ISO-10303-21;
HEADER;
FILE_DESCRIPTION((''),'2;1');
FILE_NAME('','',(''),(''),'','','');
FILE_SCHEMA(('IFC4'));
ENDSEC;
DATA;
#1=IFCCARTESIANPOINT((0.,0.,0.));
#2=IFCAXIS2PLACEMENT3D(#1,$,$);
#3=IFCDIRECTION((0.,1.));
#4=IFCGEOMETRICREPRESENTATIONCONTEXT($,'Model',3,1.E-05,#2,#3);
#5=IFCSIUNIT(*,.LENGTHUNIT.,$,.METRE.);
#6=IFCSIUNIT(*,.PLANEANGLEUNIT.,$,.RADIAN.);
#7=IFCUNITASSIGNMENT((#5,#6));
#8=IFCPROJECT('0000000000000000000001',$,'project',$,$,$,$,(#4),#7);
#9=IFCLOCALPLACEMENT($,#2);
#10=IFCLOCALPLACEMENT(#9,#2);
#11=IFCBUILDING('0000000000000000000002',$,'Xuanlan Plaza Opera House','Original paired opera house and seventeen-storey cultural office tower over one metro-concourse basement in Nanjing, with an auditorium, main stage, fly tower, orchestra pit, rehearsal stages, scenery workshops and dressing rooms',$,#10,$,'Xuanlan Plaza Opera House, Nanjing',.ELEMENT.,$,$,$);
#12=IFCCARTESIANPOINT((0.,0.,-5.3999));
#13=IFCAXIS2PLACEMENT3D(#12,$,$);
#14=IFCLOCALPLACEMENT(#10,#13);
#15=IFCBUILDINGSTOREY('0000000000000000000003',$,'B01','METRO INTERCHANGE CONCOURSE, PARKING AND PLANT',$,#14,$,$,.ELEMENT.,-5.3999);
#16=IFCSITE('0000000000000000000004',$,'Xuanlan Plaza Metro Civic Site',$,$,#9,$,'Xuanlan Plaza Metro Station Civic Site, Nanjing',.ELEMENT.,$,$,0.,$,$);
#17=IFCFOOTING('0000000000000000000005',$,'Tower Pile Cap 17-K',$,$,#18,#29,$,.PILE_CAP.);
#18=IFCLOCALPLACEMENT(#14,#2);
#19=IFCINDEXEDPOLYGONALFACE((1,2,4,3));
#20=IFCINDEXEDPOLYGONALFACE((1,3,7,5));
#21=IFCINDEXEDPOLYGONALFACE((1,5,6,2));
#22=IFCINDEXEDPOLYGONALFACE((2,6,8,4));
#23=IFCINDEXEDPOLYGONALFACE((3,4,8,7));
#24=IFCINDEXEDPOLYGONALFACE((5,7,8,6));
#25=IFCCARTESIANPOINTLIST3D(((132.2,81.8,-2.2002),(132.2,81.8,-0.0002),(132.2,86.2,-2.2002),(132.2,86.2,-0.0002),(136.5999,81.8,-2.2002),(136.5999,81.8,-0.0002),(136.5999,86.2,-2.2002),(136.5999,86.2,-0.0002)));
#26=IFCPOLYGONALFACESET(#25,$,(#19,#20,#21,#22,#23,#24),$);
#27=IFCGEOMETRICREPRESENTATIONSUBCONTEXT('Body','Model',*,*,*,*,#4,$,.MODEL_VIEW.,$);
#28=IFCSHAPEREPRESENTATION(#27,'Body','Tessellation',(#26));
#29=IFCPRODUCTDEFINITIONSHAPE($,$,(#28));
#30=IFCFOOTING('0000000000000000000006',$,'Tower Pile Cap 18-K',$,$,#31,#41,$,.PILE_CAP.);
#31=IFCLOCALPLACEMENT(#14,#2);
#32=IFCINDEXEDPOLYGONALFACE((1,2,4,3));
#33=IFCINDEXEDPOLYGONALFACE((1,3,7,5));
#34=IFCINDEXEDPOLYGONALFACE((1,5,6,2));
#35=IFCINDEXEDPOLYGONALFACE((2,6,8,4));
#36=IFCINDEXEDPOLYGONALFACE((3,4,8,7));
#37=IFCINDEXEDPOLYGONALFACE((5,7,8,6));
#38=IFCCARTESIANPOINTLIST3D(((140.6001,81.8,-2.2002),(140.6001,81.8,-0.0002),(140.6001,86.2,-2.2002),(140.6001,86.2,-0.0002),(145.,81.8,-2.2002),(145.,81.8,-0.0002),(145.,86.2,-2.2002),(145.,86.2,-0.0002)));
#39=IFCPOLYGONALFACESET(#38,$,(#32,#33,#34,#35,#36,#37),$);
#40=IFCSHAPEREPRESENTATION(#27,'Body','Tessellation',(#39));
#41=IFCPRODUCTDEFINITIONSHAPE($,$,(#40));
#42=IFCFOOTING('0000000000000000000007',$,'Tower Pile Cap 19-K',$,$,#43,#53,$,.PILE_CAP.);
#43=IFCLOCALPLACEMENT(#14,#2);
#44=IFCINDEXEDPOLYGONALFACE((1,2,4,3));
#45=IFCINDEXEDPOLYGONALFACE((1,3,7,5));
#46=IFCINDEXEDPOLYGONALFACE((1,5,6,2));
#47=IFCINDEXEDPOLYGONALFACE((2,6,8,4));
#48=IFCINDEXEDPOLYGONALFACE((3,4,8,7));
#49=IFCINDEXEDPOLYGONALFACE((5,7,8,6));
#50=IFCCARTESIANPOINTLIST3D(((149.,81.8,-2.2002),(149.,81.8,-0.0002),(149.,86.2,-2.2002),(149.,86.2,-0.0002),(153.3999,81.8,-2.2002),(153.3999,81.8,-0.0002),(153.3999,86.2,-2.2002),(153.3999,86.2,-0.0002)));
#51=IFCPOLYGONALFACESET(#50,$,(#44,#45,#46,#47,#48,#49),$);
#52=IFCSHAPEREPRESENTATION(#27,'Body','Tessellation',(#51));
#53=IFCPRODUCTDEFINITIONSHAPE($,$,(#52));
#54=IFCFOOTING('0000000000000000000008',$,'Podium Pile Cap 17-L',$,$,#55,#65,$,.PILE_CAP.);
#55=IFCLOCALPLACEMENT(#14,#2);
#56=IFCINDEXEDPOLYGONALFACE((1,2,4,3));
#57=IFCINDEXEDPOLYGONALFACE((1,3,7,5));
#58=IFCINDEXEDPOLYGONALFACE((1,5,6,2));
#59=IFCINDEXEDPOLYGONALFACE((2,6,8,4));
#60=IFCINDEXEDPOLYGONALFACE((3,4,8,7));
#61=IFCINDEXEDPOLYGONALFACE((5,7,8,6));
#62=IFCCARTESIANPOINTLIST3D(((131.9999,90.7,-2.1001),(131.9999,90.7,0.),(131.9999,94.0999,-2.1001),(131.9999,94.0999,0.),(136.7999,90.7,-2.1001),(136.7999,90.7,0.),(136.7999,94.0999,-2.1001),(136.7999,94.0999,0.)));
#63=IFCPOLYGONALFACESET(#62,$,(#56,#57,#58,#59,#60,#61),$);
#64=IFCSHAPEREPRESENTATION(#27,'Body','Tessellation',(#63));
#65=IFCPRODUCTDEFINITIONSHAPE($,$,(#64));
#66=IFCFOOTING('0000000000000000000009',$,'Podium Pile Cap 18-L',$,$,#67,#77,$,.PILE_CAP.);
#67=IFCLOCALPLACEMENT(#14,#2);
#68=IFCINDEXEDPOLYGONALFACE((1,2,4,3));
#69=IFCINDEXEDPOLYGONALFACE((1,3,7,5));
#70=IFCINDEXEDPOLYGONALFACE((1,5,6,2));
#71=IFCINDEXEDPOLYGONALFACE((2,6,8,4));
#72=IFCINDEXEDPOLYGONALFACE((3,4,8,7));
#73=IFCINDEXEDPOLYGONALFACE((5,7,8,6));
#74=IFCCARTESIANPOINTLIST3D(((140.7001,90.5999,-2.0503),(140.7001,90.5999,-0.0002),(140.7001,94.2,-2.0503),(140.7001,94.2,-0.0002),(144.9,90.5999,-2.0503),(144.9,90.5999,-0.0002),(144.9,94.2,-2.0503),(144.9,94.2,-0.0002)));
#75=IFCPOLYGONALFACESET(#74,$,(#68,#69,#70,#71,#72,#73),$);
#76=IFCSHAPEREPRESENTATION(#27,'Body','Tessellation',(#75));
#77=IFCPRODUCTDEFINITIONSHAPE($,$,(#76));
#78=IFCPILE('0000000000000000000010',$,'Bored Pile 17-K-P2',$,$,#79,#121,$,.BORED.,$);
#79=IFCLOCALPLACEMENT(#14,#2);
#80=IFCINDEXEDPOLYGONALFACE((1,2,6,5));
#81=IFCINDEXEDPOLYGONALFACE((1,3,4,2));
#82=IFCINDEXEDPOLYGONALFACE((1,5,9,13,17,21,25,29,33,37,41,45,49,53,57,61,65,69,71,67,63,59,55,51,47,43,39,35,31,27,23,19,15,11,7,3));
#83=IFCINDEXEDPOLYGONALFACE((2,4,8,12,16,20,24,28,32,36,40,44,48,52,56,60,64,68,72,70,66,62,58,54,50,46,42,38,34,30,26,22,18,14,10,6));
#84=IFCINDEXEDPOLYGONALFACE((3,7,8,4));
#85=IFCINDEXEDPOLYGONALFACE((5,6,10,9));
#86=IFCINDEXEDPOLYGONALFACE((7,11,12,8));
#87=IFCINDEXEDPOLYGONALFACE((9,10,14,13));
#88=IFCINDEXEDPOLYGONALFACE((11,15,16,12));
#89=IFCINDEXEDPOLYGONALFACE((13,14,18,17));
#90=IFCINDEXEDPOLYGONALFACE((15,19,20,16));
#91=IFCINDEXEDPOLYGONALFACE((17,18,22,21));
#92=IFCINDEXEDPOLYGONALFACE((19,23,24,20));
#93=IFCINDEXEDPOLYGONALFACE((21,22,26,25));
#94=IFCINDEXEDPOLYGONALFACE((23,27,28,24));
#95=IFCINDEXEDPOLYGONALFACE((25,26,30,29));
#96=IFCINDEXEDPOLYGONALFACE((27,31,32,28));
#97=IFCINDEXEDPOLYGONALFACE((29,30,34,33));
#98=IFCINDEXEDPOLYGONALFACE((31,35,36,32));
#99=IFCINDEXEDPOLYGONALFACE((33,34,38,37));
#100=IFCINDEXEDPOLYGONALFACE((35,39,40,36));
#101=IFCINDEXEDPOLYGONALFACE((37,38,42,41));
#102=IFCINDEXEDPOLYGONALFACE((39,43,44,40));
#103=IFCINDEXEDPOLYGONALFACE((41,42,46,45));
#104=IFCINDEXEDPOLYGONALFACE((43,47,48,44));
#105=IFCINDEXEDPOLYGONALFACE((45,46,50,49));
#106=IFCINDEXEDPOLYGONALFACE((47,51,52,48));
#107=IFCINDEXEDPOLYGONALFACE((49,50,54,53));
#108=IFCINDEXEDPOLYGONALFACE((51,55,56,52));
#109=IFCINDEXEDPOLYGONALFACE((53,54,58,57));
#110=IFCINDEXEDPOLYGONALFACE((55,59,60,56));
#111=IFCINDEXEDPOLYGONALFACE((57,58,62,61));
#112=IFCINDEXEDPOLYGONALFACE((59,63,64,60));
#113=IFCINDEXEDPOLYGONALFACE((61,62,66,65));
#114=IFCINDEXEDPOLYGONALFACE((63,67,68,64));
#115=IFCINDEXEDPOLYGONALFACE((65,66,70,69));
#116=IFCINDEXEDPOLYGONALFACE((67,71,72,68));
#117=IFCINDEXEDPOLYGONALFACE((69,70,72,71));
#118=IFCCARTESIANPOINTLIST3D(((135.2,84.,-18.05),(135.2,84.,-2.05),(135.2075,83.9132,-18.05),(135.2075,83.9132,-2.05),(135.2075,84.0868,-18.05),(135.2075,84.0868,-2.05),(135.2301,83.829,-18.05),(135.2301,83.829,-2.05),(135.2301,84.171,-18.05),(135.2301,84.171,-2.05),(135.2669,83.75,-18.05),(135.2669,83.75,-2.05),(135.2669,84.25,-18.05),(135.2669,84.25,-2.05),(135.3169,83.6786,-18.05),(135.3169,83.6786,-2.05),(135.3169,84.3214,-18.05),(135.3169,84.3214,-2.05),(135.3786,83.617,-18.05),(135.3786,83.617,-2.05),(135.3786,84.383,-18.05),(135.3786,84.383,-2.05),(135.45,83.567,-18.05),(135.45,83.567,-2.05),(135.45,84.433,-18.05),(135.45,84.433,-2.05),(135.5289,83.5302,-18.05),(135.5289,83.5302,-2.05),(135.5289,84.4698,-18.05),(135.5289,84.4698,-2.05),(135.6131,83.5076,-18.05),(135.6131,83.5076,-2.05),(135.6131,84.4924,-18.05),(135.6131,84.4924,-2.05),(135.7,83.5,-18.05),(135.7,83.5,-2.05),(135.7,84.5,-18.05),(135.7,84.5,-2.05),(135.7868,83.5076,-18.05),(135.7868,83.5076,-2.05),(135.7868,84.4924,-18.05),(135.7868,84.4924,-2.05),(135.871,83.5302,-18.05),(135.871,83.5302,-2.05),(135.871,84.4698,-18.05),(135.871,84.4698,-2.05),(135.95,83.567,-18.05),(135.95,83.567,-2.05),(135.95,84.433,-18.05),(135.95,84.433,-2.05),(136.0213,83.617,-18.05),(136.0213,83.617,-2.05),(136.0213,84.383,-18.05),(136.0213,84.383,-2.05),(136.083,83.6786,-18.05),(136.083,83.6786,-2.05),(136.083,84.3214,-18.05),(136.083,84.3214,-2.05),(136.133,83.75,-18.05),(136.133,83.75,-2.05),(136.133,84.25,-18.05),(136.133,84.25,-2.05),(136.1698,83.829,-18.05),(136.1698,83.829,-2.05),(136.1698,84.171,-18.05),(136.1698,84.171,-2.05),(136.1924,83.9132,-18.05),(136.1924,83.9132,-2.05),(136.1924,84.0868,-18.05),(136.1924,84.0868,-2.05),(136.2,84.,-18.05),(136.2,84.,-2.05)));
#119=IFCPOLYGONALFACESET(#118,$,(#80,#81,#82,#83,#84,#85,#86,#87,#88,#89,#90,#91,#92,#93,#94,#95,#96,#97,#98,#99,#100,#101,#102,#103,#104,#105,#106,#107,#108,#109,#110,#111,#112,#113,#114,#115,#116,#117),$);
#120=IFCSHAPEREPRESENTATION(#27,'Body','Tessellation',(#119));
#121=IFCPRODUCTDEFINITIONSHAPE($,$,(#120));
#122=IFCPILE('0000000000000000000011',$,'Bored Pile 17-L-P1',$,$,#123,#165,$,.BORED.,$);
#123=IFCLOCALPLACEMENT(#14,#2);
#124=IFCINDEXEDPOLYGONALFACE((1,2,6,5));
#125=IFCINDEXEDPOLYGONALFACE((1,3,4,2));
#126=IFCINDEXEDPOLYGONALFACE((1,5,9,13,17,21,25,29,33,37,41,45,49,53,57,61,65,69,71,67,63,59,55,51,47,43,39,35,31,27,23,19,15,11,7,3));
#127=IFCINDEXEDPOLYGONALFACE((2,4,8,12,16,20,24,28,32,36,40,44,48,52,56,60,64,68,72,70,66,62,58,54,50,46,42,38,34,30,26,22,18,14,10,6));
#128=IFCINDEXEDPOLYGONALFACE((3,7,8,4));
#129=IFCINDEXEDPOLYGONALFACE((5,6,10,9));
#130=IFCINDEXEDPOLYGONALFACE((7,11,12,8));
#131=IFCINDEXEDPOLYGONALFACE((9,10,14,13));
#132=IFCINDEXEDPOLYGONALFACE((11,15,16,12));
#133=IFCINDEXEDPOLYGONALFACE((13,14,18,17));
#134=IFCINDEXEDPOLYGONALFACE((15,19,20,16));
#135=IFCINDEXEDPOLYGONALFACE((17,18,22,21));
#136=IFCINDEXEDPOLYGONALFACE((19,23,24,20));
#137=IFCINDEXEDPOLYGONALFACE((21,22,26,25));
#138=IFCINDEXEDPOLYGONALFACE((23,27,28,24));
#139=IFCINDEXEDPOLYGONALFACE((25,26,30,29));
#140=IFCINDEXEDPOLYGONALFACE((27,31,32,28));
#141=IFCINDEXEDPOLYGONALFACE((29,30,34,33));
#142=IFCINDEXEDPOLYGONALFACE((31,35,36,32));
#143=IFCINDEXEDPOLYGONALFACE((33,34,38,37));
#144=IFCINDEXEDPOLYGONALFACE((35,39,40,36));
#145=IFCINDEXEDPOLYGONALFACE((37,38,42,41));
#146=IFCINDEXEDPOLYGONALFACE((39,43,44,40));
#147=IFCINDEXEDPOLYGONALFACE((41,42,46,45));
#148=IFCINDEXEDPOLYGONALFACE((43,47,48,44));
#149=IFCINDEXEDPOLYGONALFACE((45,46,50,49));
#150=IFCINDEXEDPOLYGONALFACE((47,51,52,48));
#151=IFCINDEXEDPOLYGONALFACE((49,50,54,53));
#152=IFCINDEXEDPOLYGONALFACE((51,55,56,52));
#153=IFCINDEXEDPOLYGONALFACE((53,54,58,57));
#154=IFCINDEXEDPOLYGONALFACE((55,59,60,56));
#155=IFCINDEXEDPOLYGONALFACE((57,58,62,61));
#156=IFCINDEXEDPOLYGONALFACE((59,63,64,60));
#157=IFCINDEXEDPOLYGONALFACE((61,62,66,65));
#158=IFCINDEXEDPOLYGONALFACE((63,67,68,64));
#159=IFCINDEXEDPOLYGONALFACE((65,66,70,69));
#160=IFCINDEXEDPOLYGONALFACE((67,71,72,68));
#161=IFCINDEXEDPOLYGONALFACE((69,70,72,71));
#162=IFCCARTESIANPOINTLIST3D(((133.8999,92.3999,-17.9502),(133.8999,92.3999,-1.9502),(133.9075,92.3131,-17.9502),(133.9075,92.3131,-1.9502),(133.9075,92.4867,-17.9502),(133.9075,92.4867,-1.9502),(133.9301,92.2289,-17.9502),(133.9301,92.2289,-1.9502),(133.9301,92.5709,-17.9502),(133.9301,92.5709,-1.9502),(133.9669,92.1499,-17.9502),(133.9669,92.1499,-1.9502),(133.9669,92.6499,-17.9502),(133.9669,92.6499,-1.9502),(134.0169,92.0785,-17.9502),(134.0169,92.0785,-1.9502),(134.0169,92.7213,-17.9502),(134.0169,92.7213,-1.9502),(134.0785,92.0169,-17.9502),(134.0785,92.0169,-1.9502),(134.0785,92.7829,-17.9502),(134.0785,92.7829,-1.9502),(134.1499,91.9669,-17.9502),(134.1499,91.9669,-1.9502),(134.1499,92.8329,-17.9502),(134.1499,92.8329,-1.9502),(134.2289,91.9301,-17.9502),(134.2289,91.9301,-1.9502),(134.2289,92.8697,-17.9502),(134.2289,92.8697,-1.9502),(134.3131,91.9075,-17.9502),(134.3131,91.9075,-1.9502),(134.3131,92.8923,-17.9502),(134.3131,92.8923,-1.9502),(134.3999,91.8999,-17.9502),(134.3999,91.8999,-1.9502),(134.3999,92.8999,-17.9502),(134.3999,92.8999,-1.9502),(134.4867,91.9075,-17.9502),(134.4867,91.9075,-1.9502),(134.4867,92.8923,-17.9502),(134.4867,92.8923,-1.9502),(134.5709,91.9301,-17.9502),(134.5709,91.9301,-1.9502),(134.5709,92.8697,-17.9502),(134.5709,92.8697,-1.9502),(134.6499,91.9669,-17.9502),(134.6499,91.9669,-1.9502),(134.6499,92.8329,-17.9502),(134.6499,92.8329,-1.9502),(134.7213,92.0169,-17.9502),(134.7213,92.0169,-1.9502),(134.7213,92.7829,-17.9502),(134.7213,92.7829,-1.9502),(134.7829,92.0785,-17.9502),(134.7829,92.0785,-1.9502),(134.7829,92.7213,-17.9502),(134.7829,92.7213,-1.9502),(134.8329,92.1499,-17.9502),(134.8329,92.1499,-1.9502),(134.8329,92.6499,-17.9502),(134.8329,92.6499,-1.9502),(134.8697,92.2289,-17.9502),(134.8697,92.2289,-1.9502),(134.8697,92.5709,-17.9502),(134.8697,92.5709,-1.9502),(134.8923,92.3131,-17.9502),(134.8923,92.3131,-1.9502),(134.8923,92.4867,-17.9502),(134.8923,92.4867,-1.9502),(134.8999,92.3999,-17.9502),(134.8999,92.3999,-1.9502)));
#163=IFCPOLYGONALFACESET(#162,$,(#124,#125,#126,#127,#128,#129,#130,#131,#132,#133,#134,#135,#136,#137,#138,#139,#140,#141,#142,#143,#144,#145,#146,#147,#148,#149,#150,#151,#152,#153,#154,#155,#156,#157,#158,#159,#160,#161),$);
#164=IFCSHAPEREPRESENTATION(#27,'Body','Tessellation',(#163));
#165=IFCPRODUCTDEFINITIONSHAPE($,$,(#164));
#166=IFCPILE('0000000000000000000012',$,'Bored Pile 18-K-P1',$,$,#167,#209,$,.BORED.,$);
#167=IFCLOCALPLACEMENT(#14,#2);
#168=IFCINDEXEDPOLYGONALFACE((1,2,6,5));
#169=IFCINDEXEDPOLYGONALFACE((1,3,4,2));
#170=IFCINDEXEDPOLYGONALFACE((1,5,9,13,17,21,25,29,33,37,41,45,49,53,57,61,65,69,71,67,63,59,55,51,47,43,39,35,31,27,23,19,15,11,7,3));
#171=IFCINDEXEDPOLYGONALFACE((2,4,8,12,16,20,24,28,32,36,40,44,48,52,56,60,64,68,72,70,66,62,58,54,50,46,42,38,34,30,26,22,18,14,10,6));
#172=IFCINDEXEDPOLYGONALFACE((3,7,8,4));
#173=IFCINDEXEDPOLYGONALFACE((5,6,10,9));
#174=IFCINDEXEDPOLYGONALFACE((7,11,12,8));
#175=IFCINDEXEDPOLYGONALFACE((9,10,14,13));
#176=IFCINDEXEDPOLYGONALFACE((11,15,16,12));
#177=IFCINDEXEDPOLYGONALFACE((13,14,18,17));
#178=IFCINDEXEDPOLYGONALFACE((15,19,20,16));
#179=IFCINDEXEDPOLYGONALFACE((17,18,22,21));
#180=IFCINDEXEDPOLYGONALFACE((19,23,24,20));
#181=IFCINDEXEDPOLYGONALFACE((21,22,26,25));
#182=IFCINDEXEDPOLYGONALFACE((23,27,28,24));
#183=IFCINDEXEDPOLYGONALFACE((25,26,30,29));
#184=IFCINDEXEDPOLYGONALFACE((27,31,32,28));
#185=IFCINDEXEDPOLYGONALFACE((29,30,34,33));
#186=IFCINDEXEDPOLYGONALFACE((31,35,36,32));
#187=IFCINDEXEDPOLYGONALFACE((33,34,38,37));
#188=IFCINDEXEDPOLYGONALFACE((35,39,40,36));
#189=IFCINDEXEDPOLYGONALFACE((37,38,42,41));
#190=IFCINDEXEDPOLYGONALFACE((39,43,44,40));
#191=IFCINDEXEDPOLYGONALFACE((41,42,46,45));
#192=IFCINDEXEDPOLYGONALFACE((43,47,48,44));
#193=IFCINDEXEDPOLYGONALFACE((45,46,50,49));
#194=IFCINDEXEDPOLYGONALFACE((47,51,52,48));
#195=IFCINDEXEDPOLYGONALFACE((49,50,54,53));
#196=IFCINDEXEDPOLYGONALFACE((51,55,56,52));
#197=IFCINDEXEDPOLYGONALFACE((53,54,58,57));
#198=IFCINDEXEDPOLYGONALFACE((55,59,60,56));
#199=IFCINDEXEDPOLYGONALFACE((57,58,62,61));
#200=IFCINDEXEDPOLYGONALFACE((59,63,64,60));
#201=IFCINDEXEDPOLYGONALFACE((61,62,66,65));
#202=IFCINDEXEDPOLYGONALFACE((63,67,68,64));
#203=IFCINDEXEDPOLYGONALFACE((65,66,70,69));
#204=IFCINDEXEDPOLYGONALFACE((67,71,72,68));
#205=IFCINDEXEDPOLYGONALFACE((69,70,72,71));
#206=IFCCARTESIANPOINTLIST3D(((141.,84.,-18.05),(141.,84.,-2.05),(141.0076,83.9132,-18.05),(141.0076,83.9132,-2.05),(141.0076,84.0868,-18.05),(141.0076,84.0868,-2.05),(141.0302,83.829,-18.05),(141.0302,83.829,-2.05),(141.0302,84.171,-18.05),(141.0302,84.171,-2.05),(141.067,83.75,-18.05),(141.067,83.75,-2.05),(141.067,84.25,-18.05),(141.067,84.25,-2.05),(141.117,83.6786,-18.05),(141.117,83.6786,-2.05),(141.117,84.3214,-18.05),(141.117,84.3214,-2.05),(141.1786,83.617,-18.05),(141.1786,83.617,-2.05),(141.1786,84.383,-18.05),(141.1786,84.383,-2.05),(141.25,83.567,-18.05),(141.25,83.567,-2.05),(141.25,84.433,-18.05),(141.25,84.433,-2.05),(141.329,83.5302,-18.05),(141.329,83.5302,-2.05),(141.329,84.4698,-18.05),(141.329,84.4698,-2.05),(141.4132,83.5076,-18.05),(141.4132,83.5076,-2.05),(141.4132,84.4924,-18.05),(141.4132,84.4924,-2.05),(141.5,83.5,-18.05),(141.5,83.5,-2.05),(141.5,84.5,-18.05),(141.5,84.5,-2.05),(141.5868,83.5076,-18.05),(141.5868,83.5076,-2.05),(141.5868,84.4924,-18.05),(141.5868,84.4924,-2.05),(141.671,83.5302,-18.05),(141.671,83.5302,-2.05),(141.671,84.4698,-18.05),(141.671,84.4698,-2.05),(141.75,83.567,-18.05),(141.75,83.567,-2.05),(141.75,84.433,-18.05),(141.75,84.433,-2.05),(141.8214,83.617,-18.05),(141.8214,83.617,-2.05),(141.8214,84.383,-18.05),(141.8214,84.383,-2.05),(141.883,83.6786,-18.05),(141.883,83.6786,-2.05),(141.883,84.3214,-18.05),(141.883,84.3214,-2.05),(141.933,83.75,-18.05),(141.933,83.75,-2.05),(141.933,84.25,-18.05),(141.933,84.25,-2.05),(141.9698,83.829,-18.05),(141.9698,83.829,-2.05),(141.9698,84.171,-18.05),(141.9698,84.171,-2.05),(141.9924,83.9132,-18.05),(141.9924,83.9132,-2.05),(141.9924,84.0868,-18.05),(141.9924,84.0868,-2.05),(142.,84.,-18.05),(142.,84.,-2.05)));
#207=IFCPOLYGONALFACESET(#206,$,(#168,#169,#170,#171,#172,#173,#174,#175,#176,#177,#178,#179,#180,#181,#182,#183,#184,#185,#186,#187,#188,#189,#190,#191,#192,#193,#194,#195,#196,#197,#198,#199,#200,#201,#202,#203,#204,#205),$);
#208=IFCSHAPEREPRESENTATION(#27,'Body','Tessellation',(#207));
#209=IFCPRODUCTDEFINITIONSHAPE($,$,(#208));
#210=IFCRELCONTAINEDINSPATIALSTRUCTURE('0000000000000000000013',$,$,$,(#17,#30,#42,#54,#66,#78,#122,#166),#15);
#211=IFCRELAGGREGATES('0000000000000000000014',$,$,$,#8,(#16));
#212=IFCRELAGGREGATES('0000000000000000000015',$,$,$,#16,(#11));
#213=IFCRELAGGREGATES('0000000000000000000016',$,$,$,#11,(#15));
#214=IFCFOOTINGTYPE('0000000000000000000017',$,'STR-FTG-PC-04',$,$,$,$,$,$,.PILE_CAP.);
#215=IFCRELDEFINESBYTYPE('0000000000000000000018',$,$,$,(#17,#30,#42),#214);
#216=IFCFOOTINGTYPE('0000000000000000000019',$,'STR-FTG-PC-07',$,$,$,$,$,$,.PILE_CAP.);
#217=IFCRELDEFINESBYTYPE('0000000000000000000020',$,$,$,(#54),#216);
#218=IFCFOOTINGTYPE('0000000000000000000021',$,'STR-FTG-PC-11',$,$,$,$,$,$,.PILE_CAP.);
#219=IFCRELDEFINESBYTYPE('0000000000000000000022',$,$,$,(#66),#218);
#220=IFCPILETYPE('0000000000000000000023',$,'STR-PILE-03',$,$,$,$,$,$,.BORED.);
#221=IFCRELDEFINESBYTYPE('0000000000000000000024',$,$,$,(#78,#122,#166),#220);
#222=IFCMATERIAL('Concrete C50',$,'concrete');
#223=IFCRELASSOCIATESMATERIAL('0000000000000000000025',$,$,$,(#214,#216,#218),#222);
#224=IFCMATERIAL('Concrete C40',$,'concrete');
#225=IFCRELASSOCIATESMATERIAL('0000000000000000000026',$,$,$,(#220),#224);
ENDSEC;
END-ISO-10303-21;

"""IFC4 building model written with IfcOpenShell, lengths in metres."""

from ifc_helpers import new_model, si_unit, direction, frame, origin, origin_2d, place, context, subcontext, project, spatial, rectangle, circle, extrude, material, material_profile, profile_set, type_object, element, save


model = new_model("IFC4")

# Units and contexts
model_context = context("Model", 3, precision=1e-05, world=origin(), true_north=direction((0.0, 1.0)))
body_context = subcontext(model_context, "Body", "Model", "MODEL_VIEW")
ifc_project = project(units=[si_unit("LENGTHUNIT", "METRE"), si_unit("PLANEANGLEUNIT", "RADIAN")], contexts=[model_context])

# Site, building, storey
site_placement = place(None, origin())
site = spatial("IfcSite", under=ifc_project, at=site_placement, Name="Xuanlan Plaza Metro Civic Site", LongName="Xuanlan Plaza Metro Station Civic Site, Nanjing", CompositionType="ELEMENT", RefElevation=0.0)
building_placement = place(site_placement, origin())
building = spatial("IfcBuilding", under=site, at=building_placement, Name="Xuanlan Plaza Opera House", Description="Original paired opera house and seventeen-storey cultural office tower over one metro-concourse basement in Nanjing, with an auditorium, main stage, fly tower, orchestra pit, rehearsal stages, scenery workshops and dressing rooms", LongName="Xuanlan Plaza Opera House, Nanjing", CompositionType="ELEMENT")
storey_placement = place(building_placement, frame((0.0, 0.0, -5.3999)))
storey = spatial("IfcBuildingStorey", under=building, at=storey_placement, Name="B01", Description="METRO INTERCHANGE CONCOURSE, PARKING AND PLANT", CompositionType="ELEMENT", Elevation=-5.3999)

# Footings
ifc_material_1 = material(Name="Concrete C50", Category="concrete")
footing_type_1 = type_object("IfcFootingType", Name="STR-FTG-PC-04", PredefinedType="PILE_CAP", material=ifc_material_1)
for number, where, z_axis, x_axis, name in (
    (1, (134.3999, 84.0, -2.2002), (0.0, 0.0, 1.0), (1.0, 0.0, 0.0), "Tower Pile Cap 17-K"),
    (2, (142.8, 84.0, -2.2002), (0.0, 0.0, 1.0), (1.0, 0.0, 0.0), "Tower Pile Cap 18-K"),
    (3, (151.2, 84.0, -2.2002), (0.0, 0.0, 1.0), (1.0, 0.0, 0.0), "Tower Pile Cap 19-K"),
):
    element("IfcFooting", number, at=place(storey_placement, frame(where, z_axis=z_axis, x_axis=x_axis)), inside=storey, type_object=footing_type_1, Name=name, PredefinedType="PILE_CAP", context=body_context, shape_type="SweptSolid", body=[
        extrude(rectangle(XDim=4.3999, YDim=4.3999, at=origin_2d()), origin(), (0.0, 0.0, 1.0), 2.2),
    ])
footing_type_2 = type_object("IfcFootingType", Name="STR-FTG-PC-07", PredefinedType="PILE_CAP", material=ifc_material_1)
footing_1_placement = place(storey_placement, frame((134.3999, 92.3999, -2.1001), z_axis=(0.0, 0.0, 1.0), x_axis=(1.0, 0.0, 0.0)))
element("IfcFooting", 4, at=footing_1_placement, inside=storey, type_object=footing_type_2, Name="Podium Pile Cap 17-L", PredefinedType="PILE_CAP", context=body_context, shape_type="SweptSolid", body=[
    extrude(rectangle(XDim=4.8, YDim=3.3999, at=origin_2d()), origin(), (0.0, 0.0, 1.0), 2.1001),
])
footing_type_3 = type_object("IfcFootingType", Name="STR-FTG-PC-11", PredefinedType="PILE_CAP", material=ifc_material_1)
footing_2_placement = place(storey_placement, frame((142.8, 92.3999, -2.0503), z_axis=(0.0, 0.0, 1.0), x_axis=(1.0, 0.0, 0.0)))
element("IfcFooting", 5, at=footing_2_placement, inside=storey, type_object=footing_type_3, Name="Podium Pile Cap 18-L", PredefinedType="PILE_CAP", context=body_context, shape_type="SweptSolid", body=[
    extrude(rectangle(XDim=4.2, YDim=3.6001, at=origin_2d()), origin(), (0.0, 0.0, 1.0), 2.05),
])

# Piles
ifc_material_2 = material(Name="Concrete C40", Category="concrete")
ifc_material_profile_1 = material_profile(ifc_material_2, circle(Radius=0.5, at=origin_2d()), Name="PILE D1000")
ifc_profile_set_1 = profile_set([ifc_material_profile_1], Name="Concrete C40")
pile_type = type_object("IfcPileType", Name="STR-PILE-03", PredefinedType="BORED", material=ifc_profile_set_1)
for number, where, z_axis, x_axis, name in (
    (6, (135.7, 84.0, -2.05), (0.0, 0.0, -1.0), (1.0, 0.0, 0.0), "Bored Pile 17-K-P2"),
    (7, (134.3999, 92.3999, -1.9502), (0.0, 0.0, -1.0), (1.0, 0.0, 0.0), "Bored Pile 17-L-P1"),
    (8, (141.5, 84.0, -2.05), (0.0, 0.0, -1.0), (1.0, 0.0, 0.0), "Bored Pile 18-K-P1"),
):
    element("IfcPile", number, at=place(storey_placement, frame(where, z_axis=z_axis, x_axis=x_axis)), inside=storey, type_object=pile_type, Name=name, PredefinedType="BORED", context=body_context, shape_type="SweptSolid", body=[
        extrude(circle(Radius=0.5, at=origin_2d()), origin(), (0.0, 0.0, 1.0), 16.0),
    ])

save(model, "model.ifc")
